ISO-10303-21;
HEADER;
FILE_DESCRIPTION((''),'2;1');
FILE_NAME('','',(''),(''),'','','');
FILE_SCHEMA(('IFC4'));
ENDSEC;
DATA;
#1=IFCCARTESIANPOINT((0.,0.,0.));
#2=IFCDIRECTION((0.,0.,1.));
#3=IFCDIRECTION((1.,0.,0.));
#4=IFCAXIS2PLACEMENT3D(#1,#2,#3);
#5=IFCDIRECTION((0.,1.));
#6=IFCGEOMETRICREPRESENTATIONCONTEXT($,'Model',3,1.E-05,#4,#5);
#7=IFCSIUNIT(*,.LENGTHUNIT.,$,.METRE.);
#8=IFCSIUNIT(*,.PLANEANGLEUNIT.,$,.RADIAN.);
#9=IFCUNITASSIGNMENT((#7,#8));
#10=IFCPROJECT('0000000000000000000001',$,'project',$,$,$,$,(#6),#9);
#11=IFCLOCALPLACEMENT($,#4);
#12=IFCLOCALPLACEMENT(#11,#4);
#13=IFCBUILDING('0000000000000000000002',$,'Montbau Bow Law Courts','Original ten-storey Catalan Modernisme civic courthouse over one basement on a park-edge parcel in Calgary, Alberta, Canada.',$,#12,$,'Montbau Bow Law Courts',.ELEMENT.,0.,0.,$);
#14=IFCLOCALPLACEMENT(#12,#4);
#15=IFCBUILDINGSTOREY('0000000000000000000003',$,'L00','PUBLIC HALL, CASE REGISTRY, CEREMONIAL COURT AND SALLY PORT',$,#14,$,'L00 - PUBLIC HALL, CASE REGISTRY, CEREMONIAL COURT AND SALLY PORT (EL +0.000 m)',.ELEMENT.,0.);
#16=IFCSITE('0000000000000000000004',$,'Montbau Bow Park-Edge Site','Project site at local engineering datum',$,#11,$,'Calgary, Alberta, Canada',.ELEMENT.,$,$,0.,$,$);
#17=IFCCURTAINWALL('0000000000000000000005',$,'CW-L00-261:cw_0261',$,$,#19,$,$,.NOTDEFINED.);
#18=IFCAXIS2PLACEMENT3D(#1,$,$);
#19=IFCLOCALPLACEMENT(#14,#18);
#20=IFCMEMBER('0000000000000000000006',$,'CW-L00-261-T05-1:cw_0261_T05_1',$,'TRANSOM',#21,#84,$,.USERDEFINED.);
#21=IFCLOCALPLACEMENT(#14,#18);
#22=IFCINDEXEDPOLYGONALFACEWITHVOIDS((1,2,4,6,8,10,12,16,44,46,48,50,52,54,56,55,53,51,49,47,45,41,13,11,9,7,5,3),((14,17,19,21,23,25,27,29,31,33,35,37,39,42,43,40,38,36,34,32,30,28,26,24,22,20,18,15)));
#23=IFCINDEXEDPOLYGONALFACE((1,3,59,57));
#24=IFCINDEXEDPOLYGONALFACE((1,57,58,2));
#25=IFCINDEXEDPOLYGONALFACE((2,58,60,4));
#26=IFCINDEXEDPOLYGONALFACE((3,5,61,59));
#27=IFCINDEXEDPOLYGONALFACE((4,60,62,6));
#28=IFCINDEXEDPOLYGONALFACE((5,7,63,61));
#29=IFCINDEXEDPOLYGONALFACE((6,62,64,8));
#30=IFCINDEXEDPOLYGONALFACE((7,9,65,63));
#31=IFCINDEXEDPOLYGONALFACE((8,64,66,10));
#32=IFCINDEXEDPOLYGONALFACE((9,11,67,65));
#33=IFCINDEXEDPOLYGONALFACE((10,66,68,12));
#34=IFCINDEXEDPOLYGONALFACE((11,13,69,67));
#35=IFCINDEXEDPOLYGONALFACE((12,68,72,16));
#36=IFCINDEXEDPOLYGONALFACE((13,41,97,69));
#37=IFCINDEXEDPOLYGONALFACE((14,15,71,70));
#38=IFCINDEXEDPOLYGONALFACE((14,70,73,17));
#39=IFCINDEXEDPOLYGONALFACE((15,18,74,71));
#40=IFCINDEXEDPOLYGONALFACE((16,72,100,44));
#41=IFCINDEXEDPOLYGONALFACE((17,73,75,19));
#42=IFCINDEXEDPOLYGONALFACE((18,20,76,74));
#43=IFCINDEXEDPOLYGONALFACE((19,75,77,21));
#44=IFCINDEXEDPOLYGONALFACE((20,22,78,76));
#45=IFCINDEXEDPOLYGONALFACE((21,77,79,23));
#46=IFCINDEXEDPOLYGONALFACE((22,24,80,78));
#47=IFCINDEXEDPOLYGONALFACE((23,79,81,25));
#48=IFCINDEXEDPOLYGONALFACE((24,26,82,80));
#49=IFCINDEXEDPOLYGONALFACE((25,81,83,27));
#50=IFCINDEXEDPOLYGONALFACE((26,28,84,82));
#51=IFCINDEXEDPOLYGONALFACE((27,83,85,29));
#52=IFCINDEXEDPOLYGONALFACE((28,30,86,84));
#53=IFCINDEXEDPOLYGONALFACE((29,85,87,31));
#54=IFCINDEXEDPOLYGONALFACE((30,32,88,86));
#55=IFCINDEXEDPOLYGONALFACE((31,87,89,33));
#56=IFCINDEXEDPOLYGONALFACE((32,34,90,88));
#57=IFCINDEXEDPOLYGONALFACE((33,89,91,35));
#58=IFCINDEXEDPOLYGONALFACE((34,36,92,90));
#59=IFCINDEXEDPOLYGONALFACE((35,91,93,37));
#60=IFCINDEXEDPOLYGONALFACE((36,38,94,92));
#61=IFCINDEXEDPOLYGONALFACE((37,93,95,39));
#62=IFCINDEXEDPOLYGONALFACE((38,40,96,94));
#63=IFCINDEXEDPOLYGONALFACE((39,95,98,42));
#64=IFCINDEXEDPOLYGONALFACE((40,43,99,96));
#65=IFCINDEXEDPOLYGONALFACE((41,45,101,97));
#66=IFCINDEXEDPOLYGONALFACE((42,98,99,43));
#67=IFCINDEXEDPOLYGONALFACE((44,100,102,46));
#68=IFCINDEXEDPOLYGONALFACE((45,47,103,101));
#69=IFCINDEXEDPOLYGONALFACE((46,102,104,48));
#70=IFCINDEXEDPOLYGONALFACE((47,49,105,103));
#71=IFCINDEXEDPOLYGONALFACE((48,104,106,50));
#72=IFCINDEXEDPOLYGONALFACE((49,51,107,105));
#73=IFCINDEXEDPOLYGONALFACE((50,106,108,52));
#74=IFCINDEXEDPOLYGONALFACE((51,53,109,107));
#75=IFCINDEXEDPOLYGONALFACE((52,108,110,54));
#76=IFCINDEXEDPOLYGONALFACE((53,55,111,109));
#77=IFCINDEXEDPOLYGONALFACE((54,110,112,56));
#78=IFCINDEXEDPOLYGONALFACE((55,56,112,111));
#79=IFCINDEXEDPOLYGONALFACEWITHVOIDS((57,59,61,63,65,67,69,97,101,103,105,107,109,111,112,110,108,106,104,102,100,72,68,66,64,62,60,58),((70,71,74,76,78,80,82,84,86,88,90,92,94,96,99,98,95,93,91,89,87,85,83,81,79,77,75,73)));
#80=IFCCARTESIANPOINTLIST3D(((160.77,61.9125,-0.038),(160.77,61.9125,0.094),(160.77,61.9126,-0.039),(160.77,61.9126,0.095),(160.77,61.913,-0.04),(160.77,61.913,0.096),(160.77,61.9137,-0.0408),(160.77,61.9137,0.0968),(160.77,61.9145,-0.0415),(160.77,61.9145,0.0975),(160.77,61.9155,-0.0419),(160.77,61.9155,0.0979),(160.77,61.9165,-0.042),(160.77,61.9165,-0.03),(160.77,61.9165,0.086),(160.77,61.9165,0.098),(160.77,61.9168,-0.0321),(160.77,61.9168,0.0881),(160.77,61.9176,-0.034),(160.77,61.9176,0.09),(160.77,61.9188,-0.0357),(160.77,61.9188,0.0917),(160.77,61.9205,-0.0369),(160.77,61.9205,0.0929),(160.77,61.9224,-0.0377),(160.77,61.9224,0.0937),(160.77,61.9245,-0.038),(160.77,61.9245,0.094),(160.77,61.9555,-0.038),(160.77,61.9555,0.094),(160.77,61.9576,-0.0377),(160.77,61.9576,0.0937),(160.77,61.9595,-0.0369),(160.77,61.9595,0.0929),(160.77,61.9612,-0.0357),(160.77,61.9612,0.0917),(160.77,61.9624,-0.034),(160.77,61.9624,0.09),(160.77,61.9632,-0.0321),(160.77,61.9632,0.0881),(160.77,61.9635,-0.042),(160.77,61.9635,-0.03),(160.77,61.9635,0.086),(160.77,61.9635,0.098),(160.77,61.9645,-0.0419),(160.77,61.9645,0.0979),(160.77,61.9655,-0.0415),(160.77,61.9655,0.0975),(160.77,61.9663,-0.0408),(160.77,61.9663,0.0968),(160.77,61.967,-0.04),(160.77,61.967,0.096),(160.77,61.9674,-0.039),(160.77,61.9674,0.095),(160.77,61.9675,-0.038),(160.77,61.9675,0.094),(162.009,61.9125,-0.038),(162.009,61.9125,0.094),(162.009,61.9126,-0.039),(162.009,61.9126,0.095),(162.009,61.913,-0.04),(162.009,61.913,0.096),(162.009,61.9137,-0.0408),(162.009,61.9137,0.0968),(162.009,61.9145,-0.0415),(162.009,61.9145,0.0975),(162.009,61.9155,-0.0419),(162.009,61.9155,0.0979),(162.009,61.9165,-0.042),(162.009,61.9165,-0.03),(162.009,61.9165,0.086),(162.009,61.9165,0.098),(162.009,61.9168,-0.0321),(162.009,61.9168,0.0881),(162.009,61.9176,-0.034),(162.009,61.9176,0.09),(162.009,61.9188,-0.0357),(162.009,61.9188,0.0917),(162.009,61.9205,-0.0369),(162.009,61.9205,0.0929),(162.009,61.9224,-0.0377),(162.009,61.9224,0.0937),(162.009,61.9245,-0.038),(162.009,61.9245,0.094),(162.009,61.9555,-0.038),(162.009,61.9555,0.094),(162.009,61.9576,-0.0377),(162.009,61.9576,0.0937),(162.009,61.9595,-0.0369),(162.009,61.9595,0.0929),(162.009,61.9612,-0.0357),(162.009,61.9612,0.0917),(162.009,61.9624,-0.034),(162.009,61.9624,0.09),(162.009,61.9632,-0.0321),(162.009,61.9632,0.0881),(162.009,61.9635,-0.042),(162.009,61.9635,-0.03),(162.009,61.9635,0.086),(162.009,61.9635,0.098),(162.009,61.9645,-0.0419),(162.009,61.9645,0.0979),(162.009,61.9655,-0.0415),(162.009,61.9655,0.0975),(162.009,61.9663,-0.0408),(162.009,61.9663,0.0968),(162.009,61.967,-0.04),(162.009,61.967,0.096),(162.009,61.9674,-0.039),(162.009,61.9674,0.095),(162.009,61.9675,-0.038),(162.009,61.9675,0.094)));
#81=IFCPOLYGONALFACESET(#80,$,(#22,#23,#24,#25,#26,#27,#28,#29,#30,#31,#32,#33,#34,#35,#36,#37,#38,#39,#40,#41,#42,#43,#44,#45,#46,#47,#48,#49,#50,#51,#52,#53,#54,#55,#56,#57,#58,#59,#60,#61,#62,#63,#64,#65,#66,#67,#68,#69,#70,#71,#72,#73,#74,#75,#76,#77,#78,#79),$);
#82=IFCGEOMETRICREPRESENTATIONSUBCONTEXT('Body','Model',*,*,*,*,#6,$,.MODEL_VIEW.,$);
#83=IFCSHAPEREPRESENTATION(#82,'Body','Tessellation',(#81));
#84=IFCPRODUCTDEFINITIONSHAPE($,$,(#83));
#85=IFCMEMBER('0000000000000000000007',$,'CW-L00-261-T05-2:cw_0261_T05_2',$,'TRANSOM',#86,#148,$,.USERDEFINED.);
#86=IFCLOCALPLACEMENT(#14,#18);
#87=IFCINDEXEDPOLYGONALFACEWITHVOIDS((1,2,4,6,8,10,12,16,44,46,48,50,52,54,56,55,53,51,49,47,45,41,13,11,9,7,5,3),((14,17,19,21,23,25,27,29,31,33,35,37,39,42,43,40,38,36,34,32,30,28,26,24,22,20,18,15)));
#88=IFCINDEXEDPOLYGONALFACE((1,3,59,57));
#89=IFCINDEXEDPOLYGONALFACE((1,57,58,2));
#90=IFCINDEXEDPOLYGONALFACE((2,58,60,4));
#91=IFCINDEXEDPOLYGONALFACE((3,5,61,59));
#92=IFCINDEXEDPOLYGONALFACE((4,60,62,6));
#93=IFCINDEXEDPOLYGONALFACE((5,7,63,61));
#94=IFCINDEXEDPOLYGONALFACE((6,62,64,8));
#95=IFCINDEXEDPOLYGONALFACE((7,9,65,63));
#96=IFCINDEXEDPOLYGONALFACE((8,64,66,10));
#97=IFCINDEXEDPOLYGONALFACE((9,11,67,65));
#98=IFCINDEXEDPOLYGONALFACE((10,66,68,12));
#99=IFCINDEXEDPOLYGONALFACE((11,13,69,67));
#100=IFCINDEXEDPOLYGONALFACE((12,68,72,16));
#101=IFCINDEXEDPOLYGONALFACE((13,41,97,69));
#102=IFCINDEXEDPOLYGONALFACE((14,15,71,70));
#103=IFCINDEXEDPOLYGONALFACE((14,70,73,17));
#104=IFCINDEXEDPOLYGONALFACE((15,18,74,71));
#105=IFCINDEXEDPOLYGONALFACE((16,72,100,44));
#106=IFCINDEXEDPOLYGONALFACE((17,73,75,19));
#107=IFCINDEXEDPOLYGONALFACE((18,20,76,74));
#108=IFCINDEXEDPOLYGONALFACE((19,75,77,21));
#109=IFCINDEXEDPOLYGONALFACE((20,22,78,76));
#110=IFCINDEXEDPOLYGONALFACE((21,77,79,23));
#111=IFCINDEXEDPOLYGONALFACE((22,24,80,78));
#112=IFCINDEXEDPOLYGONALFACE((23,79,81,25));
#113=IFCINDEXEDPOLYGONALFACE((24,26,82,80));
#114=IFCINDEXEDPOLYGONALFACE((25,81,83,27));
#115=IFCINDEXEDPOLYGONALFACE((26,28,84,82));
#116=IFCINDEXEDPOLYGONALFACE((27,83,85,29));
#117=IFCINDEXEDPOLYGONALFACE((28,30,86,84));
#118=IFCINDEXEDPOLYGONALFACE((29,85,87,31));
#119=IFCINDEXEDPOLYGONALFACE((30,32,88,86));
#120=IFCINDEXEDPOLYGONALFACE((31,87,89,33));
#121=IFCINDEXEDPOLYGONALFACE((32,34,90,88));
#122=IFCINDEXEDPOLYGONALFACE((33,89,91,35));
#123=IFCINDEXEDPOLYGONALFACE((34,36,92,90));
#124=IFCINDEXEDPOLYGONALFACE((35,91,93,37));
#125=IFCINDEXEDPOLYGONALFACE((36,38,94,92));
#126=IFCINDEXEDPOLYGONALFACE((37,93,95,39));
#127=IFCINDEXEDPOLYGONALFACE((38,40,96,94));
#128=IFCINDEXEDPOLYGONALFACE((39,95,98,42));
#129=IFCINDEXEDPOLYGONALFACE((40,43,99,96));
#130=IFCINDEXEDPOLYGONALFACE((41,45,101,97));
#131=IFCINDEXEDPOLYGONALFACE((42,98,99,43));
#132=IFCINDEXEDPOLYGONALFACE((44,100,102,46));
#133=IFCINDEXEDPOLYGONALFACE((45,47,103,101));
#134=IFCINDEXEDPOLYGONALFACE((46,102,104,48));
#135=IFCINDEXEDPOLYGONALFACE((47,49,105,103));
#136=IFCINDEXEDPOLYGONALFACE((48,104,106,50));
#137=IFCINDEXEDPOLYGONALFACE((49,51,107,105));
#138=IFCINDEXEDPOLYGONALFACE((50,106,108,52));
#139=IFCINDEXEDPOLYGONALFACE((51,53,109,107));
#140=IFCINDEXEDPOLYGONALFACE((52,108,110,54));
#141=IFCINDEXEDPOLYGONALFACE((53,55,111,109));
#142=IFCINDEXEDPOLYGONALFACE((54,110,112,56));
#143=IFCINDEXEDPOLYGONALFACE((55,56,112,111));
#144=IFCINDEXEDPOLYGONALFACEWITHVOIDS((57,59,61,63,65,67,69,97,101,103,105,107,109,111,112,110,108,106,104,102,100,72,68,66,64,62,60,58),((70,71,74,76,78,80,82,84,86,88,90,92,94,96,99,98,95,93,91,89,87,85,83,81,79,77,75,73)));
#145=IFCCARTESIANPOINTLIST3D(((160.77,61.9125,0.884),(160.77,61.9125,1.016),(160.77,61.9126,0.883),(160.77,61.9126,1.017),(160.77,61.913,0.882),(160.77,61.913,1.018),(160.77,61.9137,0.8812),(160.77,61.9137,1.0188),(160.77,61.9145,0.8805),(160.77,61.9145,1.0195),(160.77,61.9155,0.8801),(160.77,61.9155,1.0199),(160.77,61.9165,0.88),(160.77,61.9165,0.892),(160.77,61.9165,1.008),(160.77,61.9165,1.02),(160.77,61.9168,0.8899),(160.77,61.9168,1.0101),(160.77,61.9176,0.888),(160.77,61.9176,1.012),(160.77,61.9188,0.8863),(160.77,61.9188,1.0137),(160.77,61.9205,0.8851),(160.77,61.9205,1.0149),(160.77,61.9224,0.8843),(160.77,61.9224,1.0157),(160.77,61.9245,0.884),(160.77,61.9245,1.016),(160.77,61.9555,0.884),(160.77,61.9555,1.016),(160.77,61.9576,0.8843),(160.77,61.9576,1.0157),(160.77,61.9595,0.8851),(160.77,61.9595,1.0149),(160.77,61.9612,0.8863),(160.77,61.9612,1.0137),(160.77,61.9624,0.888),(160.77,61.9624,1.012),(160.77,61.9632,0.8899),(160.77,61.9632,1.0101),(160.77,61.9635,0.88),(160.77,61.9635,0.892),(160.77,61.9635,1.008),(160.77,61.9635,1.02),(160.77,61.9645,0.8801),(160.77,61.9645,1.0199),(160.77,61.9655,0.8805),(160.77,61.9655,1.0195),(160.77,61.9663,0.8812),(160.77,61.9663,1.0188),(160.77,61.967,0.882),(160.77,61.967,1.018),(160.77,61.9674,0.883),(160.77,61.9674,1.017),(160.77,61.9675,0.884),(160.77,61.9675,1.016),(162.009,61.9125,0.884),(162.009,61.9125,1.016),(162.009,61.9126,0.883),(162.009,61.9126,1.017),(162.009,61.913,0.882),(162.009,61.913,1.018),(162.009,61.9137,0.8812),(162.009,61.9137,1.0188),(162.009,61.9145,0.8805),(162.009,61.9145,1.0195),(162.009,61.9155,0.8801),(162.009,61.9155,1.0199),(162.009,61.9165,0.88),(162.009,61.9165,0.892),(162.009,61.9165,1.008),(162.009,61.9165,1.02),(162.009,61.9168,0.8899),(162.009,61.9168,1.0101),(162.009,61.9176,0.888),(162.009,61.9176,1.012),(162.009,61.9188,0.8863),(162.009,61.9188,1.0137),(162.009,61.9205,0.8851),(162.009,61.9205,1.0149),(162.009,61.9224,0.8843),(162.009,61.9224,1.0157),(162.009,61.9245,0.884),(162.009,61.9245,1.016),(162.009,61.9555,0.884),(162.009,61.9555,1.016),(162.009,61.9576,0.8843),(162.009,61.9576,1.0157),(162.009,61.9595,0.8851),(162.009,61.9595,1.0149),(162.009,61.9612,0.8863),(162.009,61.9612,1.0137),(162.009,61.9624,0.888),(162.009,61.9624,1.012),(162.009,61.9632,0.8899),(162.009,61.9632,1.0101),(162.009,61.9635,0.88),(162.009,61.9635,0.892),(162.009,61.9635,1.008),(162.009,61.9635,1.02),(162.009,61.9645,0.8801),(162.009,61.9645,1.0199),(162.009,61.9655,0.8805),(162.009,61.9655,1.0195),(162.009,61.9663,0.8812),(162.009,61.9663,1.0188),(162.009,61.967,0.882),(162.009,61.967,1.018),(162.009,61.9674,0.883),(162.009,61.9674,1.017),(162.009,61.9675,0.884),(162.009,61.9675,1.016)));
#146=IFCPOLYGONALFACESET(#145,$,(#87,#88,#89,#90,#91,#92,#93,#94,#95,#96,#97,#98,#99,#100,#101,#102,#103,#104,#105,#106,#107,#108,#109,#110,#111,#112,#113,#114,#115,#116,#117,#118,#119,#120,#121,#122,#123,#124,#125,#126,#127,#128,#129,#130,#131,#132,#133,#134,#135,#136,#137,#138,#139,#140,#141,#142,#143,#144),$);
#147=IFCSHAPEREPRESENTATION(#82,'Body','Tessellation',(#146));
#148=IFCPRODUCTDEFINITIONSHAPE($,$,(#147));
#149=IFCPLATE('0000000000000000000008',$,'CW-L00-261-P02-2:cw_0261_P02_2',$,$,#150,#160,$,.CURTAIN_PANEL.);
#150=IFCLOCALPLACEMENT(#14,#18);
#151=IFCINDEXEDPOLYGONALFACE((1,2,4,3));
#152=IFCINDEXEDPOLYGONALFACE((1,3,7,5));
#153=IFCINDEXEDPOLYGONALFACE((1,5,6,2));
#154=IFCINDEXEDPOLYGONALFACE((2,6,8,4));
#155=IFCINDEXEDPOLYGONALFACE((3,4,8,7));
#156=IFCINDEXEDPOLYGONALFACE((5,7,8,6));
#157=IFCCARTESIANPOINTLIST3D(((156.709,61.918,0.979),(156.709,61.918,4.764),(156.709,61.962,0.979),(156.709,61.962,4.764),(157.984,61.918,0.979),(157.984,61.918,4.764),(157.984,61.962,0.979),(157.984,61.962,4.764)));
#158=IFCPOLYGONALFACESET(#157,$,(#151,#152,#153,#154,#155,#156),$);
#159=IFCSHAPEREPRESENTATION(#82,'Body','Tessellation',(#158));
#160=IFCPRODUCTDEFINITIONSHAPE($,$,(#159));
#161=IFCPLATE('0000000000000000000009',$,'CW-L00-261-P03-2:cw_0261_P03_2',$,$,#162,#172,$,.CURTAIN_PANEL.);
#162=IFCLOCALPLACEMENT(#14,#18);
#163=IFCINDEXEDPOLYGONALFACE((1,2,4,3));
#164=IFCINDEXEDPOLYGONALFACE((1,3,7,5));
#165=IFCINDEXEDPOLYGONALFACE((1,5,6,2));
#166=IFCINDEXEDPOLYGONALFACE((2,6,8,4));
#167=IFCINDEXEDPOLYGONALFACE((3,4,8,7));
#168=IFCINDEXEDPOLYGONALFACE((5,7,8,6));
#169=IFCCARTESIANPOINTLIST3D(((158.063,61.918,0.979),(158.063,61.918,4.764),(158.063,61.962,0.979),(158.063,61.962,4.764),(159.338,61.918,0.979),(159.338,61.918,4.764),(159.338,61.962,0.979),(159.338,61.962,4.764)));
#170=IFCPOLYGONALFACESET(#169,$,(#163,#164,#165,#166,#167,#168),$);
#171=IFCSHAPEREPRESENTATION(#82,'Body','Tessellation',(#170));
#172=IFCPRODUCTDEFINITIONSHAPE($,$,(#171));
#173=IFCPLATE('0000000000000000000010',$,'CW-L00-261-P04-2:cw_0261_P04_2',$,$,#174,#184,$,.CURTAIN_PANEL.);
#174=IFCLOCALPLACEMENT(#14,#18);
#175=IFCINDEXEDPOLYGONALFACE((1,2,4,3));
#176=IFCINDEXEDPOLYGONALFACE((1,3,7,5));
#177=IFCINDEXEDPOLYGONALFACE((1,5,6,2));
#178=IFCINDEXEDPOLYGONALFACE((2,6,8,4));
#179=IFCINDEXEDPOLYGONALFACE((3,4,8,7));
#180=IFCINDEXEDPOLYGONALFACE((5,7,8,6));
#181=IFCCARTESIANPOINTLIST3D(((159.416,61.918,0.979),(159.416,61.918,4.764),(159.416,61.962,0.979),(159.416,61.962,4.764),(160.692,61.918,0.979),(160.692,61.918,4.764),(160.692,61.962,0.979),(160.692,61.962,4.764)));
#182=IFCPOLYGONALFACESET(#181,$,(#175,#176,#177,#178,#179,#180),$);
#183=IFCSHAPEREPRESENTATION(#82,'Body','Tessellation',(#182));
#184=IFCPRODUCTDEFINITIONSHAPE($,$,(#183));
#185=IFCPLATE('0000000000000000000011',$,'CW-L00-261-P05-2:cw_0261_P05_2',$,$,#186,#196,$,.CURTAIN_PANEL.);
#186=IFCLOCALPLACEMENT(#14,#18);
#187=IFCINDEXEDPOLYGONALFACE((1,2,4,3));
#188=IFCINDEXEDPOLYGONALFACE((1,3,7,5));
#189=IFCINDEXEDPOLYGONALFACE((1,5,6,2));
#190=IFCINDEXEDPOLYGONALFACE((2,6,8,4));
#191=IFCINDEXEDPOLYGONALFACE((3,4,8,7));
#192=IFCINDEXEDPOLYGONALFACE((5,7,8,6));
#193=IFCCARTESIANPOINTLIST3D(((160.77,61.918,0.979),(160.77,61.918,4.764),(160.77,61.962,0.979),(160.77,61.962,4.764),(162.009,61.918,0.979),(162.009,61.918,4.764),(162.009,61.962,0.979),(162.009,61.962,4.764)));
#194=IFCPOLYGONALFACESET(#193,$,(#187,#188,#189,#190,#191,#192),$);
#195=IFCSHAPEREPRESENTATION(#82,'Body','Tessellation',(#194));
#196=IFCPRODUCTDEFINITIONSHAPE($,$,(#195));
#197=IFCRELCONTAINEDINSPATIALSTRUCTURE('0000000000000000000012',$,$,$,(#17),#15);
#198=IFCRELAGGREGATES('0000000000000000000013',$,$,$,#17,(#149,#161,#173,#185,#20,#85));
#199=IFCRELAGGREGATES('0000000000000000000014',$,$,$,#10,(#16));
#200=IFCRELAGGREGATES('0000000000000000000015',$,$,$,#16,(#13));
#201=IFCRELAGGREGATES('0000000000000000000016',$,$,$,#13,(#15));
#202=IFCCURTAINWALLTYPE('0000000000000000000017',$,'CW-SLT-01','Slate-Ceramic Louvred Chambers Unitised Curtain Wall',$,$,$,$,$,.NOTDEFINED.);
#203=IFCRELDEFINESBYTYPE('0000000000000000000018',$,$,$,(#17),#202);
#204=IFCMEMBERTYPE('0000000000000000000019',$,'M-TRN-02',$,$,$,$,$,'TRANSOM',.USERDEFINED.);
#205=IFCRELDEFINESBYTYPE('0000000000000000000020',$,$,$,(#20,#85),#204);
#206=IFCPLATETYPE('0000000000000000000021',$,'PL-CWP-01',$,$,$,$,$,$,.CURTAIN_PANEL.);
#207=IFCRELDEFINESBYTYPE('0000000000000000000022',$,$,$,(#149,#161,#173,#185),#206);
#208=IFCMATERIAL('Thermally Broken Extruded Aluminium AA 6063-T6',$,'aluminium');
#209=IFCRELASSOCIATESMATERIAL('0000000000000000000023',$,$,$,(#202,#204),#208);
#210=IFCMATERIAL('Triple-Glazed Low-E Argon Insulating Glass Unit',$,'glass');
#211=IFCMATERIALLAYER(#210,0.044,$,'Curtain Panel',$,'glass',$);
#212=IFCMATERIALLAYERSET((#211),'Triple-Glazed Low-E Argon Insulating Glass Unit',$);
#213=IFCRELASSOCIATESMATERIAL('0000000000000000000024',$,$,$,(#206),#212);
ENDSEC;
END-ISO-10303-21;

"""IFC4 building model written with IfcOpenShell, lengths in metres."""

from ifc_helpers import new_model, si_unit, direction, frame, frame_2d, origin_with_axes, origin_2d_with_axis, place, context, subcontext, project, spatial, rectangle, hollow_rectangle, extrude, material, layer, layer_set, material_profile, profile_set, type_object, element, aggregate, save


model = new_model("IFC4")

# Units and contexts
model_context = context("Model", 3, precision=1e-05, world=origin_with_axes(), true_north=direction((0.0, 1.0)))
body_context = subcontext(model_context, "Body", "Model", "MODEL_VIEW")
ifc_project = project(units=[si_unit("LENGTHUNIT", "METRE"), si_unit("PLANEANGLEUNIT", "RADIAN")], contexts=[model_context])

# Site, building, storey
site_placement = place(None, origin_with_axes())
site = spatial("IfcSite", under=ifc_project, at=site_placement, Name="Montbau Bow Park-Edge Site", Description="Project site at local engineering datum", LongName="Calgary, Alberta, Canada", CompositionType="ELEMENT", RefElevation=0.0)
building_placement = place(site_placement, origin_with_axes())
building = spatial("IfcBuilding", under=site, at=building_placement, Name="Montbau Bow Law Courts", Description="Original ten-storey Catalan Modernisme civic courthouse over one basement on a park-edge parcel in Calgary, Alberta, Canada.", LongName="Montbau Bow Law Courts", CompositionType="ELEMENT", ElevationOfRefHeight=0.0, ElevationOfTerrain=0.0)
storey_placement = place(building_placement, origin_with_axes())
storey = spatial("IfcBuildingStorey", under=building, at=storey_placement, Name="L00", Description="PUBLIC HALL, CASE REGISTRY, CEREMONIAL COURT AND SALLY PORT", LongName="L00 - PUBLIC HALL, CASE REGISTRY, CEREMONIAL COURT AND SALLY PORT (EL +0.000 m)", CompositionType="ELEMENT", Elevation=0.0)

# Curtain wall, members, plates
ifc_material_1 = material(Name="Thermally Broken Extruded Aluminium AA 6063-T6", Category="aluminium")
curtain_wall_type = type_object("IfcCurtainWallType", Name="CW-SLT-01", Description="Slate-Ceramic Louvred Chambers Unitised Curtain Wall", PredefinedType="NOTDEFINED", material=ifc_material_1)
curtain_wall_placement = place(None, frame((155.315, 61.94, 0.0), z_axis=(0.0, 0.0, 1.0), x_axis=(1.0, 0.0, 0.0)))
curtain_wall = element("IfcCurtainWall", 1, at=curtain_wall_placement, inside=storey, type_object=curtain_wall_type, Name="CW-L00-261:cw_0261", PredefinedType="NOTDEFINED")
ifc_material_profile_1 = material_profile(ifc_material_1, hollow_rectangle(XDim=0.055, YDim=0.14, WallThickness=0.004, InnerFilletRadius=0.008, OuterFilletRadius=0.004, at=origin_2d_with_axis()), Name="CWT-140X55", Category="Main", Priority=0)
ifc_profile_set_1 = profile_set([ifc_material_profile_1], Name="Thermally Broken Extruded Aluminium AA 6063-T6")
member_type_1 = type_object("IfcMemberType", Name="M-TRN-02", ElementType="TRANSOM", PredefinedType="USERDEFINED", material=ifc_profile_set_1)
member_1_placement = place(None, frame((160.77, 61.94, 0.028), z_axis=(1.0, 0.0, 0.0), x_axis=(0.0, 1.0, 0.0)))
member_1 = element("IfcMember", 2, at=member_1_placement, type_object=member_type_1, Name="CW-L00-261-T05-1:cw_0261_T05_1", ObjectType="TRANSOM", PredefinedType="USERDEFINED", context=body_context, shape_type="SweptSolid", body=[
    extrude(hollow_rectangle(XDim=0.055, YDim=0.14, WallThickness=0.004, InnerFilletRadius=0.008, OuterFilletRadius=0.004, at=origin_2d_with_axis()), origin_with_axes(), (0.0, 0.0, 1.0), 1.239),
])
member_2_placement = place(None, frame((160.77, 61.94, 0.95), z_axis=(1.0, 0.0, 0.0), x_axis=(0.0, 1.0, 0.0)))
member_2 = element("IfcMember", 3, at=member_2_placement, type_object=member_type_1, Name="CW-L00-261-T05-2:cw_0261_T05_2", ObjectType="TRANSOM", PredefinedType="USERDEFINED", context=body_context, shape_type="SweptSolid", body=[
    extrude(hollow_rectangle(XDim=0.055, YDim=0.14, WallThickness=0.004, InnerFilletRadius=0.008, OuterFilletRadius=0.004, at=origin_2d_with_axis()), origin_with_axes(), (0.0, 0.0, 1.0), 1.239),
])
ifc_material_2 = material(Name="Triple-Glazed Low-E Argon Insulating Glass Unit", Category="glass")
ifc_layer_1 = layer(ifc_material_2, 0.044, Name="Curtain Panel", Category="glass")
ifc_layer_set_1 = layer_set([ifc_layer_1], Name="Triple-Glazed Low-E Argon Insulating Glass Unit")
plate_type_1 = type_object("IfcPlateType", Name="PL-CWP-01", PredefinedType="CURTAIN_PANEL", material=ifc_layer_set_1)
plate_1_placement = place(None, frame((156.709, 61.94, 0.979), z_axis=(0.0, -1.0, 0.0), x_axis=(1.0, 0.0, 0.0)))
plate_1 = element("IfcPlate", 4, at=plate_1_placement, type_object=plate_type_1, Name="CW-L00-261-P02-2:cw_0261_P02_2", PredefinedType="CURTAIN_PANEL", context=body_context, shape_type="SweptSolid", body=[
    extrude(rectangle(XDim=1.275, YDim=3.785, at=frame_2d((0.6375, 1.8925), x_axis=(1.0, 0.0))), frame((0.0, 0.0, -0.022), z_axis=(0.0, 0.0, 1.0), x_axis=(1.0, 0.0, 0.0)), (0.0, 0.0, 1.0), 0.044),
])
plate_2_placement = place(None, frame((158.063, 61.94, 0.979), z_axis=(0.0, -1.0, 0.0), x_axis=(1.0, 0.0, 0.0)))
plate_2 = element("IfcPlate", 5, at=plate_2_placement, type_object=plate_type_1, Name="CW-L00-261-P03-2:cw_0261_P03_2", PredefinedType="CURTAIN_PANEL", context=body_context, shape_type="SweptSolid", body=[
    extrude(rectangle(XDim=1.275, YDim=3.785, at=frame_2d((0.6375, 1.8925), x_axis=(1.0, 0.0))), frame((0.0, 0.0, -0.022), z_axis=(0.0, 0.0, 1.0), x_axis=(1.0, 0.0, 0.0)), (0.0, 0.0, 1.0), 0.044),
])
plate_3_placement = place(None, frame((159.416, 61.94, 0.979), z_axis=(0.0, -1.0, 0.0), x_axis=(1.0, 0.0, 0.0)))
plate_3 = element("IfcPlate", 6, at=plate_3_placement, type_object=plate_type_1, Name="CW-L00-261-P04-2:cw_0261_P04_2", PredefinedType="CURTAIN_PANEL", context=body_context, shape_type="SweptSolid", body=[
    extrude(rectangle(XDim=1.276, YDim=3.785, at=frame_2d((0.638, 1.8925), x_axis=(1.0, 0.0))), frame((0.0, 0.0, -0.022), z_axis=(0.0, 0.0, 1.0), x_axis=(1.0, 0.0, 0.0)), (0.0, 0.0, 1.0), 0.044),
])
plate_4_placement = place(None, frame((160.77, 61.94, 0.979), z_axis=(0.0, -1.0, 0.0), x_axis=(1.0, 0.0, 0.0)))
plate_4 = element("IfcPlate", 7, at=plate_4_placement, type_object=plate_type_1, Name="CW-L00-261-P05-2:cw_0261_P05_2", PredefinedType="CURTAIN_PANEL", context=body_context, shape_type="SweptSolid", body=[
    extrude(rectangle(XDim=1.239, YDim=3.785, at=frame_2d((0.6195, 1.8925), x_axis=(1.0, 0.0))), frame((0.0, 0.0, -0.022), z_axis=(0.0, 0.0, 1.0), x_axis=(1.0, 0.0, 0.0)), (0.0, 0.0, 1.0), 0.044),
])
aggregate(curtain_wall, [plate_1, plate_2, plate_3, plate_4, member_1, member_2])

save(model, "model.ifc")
